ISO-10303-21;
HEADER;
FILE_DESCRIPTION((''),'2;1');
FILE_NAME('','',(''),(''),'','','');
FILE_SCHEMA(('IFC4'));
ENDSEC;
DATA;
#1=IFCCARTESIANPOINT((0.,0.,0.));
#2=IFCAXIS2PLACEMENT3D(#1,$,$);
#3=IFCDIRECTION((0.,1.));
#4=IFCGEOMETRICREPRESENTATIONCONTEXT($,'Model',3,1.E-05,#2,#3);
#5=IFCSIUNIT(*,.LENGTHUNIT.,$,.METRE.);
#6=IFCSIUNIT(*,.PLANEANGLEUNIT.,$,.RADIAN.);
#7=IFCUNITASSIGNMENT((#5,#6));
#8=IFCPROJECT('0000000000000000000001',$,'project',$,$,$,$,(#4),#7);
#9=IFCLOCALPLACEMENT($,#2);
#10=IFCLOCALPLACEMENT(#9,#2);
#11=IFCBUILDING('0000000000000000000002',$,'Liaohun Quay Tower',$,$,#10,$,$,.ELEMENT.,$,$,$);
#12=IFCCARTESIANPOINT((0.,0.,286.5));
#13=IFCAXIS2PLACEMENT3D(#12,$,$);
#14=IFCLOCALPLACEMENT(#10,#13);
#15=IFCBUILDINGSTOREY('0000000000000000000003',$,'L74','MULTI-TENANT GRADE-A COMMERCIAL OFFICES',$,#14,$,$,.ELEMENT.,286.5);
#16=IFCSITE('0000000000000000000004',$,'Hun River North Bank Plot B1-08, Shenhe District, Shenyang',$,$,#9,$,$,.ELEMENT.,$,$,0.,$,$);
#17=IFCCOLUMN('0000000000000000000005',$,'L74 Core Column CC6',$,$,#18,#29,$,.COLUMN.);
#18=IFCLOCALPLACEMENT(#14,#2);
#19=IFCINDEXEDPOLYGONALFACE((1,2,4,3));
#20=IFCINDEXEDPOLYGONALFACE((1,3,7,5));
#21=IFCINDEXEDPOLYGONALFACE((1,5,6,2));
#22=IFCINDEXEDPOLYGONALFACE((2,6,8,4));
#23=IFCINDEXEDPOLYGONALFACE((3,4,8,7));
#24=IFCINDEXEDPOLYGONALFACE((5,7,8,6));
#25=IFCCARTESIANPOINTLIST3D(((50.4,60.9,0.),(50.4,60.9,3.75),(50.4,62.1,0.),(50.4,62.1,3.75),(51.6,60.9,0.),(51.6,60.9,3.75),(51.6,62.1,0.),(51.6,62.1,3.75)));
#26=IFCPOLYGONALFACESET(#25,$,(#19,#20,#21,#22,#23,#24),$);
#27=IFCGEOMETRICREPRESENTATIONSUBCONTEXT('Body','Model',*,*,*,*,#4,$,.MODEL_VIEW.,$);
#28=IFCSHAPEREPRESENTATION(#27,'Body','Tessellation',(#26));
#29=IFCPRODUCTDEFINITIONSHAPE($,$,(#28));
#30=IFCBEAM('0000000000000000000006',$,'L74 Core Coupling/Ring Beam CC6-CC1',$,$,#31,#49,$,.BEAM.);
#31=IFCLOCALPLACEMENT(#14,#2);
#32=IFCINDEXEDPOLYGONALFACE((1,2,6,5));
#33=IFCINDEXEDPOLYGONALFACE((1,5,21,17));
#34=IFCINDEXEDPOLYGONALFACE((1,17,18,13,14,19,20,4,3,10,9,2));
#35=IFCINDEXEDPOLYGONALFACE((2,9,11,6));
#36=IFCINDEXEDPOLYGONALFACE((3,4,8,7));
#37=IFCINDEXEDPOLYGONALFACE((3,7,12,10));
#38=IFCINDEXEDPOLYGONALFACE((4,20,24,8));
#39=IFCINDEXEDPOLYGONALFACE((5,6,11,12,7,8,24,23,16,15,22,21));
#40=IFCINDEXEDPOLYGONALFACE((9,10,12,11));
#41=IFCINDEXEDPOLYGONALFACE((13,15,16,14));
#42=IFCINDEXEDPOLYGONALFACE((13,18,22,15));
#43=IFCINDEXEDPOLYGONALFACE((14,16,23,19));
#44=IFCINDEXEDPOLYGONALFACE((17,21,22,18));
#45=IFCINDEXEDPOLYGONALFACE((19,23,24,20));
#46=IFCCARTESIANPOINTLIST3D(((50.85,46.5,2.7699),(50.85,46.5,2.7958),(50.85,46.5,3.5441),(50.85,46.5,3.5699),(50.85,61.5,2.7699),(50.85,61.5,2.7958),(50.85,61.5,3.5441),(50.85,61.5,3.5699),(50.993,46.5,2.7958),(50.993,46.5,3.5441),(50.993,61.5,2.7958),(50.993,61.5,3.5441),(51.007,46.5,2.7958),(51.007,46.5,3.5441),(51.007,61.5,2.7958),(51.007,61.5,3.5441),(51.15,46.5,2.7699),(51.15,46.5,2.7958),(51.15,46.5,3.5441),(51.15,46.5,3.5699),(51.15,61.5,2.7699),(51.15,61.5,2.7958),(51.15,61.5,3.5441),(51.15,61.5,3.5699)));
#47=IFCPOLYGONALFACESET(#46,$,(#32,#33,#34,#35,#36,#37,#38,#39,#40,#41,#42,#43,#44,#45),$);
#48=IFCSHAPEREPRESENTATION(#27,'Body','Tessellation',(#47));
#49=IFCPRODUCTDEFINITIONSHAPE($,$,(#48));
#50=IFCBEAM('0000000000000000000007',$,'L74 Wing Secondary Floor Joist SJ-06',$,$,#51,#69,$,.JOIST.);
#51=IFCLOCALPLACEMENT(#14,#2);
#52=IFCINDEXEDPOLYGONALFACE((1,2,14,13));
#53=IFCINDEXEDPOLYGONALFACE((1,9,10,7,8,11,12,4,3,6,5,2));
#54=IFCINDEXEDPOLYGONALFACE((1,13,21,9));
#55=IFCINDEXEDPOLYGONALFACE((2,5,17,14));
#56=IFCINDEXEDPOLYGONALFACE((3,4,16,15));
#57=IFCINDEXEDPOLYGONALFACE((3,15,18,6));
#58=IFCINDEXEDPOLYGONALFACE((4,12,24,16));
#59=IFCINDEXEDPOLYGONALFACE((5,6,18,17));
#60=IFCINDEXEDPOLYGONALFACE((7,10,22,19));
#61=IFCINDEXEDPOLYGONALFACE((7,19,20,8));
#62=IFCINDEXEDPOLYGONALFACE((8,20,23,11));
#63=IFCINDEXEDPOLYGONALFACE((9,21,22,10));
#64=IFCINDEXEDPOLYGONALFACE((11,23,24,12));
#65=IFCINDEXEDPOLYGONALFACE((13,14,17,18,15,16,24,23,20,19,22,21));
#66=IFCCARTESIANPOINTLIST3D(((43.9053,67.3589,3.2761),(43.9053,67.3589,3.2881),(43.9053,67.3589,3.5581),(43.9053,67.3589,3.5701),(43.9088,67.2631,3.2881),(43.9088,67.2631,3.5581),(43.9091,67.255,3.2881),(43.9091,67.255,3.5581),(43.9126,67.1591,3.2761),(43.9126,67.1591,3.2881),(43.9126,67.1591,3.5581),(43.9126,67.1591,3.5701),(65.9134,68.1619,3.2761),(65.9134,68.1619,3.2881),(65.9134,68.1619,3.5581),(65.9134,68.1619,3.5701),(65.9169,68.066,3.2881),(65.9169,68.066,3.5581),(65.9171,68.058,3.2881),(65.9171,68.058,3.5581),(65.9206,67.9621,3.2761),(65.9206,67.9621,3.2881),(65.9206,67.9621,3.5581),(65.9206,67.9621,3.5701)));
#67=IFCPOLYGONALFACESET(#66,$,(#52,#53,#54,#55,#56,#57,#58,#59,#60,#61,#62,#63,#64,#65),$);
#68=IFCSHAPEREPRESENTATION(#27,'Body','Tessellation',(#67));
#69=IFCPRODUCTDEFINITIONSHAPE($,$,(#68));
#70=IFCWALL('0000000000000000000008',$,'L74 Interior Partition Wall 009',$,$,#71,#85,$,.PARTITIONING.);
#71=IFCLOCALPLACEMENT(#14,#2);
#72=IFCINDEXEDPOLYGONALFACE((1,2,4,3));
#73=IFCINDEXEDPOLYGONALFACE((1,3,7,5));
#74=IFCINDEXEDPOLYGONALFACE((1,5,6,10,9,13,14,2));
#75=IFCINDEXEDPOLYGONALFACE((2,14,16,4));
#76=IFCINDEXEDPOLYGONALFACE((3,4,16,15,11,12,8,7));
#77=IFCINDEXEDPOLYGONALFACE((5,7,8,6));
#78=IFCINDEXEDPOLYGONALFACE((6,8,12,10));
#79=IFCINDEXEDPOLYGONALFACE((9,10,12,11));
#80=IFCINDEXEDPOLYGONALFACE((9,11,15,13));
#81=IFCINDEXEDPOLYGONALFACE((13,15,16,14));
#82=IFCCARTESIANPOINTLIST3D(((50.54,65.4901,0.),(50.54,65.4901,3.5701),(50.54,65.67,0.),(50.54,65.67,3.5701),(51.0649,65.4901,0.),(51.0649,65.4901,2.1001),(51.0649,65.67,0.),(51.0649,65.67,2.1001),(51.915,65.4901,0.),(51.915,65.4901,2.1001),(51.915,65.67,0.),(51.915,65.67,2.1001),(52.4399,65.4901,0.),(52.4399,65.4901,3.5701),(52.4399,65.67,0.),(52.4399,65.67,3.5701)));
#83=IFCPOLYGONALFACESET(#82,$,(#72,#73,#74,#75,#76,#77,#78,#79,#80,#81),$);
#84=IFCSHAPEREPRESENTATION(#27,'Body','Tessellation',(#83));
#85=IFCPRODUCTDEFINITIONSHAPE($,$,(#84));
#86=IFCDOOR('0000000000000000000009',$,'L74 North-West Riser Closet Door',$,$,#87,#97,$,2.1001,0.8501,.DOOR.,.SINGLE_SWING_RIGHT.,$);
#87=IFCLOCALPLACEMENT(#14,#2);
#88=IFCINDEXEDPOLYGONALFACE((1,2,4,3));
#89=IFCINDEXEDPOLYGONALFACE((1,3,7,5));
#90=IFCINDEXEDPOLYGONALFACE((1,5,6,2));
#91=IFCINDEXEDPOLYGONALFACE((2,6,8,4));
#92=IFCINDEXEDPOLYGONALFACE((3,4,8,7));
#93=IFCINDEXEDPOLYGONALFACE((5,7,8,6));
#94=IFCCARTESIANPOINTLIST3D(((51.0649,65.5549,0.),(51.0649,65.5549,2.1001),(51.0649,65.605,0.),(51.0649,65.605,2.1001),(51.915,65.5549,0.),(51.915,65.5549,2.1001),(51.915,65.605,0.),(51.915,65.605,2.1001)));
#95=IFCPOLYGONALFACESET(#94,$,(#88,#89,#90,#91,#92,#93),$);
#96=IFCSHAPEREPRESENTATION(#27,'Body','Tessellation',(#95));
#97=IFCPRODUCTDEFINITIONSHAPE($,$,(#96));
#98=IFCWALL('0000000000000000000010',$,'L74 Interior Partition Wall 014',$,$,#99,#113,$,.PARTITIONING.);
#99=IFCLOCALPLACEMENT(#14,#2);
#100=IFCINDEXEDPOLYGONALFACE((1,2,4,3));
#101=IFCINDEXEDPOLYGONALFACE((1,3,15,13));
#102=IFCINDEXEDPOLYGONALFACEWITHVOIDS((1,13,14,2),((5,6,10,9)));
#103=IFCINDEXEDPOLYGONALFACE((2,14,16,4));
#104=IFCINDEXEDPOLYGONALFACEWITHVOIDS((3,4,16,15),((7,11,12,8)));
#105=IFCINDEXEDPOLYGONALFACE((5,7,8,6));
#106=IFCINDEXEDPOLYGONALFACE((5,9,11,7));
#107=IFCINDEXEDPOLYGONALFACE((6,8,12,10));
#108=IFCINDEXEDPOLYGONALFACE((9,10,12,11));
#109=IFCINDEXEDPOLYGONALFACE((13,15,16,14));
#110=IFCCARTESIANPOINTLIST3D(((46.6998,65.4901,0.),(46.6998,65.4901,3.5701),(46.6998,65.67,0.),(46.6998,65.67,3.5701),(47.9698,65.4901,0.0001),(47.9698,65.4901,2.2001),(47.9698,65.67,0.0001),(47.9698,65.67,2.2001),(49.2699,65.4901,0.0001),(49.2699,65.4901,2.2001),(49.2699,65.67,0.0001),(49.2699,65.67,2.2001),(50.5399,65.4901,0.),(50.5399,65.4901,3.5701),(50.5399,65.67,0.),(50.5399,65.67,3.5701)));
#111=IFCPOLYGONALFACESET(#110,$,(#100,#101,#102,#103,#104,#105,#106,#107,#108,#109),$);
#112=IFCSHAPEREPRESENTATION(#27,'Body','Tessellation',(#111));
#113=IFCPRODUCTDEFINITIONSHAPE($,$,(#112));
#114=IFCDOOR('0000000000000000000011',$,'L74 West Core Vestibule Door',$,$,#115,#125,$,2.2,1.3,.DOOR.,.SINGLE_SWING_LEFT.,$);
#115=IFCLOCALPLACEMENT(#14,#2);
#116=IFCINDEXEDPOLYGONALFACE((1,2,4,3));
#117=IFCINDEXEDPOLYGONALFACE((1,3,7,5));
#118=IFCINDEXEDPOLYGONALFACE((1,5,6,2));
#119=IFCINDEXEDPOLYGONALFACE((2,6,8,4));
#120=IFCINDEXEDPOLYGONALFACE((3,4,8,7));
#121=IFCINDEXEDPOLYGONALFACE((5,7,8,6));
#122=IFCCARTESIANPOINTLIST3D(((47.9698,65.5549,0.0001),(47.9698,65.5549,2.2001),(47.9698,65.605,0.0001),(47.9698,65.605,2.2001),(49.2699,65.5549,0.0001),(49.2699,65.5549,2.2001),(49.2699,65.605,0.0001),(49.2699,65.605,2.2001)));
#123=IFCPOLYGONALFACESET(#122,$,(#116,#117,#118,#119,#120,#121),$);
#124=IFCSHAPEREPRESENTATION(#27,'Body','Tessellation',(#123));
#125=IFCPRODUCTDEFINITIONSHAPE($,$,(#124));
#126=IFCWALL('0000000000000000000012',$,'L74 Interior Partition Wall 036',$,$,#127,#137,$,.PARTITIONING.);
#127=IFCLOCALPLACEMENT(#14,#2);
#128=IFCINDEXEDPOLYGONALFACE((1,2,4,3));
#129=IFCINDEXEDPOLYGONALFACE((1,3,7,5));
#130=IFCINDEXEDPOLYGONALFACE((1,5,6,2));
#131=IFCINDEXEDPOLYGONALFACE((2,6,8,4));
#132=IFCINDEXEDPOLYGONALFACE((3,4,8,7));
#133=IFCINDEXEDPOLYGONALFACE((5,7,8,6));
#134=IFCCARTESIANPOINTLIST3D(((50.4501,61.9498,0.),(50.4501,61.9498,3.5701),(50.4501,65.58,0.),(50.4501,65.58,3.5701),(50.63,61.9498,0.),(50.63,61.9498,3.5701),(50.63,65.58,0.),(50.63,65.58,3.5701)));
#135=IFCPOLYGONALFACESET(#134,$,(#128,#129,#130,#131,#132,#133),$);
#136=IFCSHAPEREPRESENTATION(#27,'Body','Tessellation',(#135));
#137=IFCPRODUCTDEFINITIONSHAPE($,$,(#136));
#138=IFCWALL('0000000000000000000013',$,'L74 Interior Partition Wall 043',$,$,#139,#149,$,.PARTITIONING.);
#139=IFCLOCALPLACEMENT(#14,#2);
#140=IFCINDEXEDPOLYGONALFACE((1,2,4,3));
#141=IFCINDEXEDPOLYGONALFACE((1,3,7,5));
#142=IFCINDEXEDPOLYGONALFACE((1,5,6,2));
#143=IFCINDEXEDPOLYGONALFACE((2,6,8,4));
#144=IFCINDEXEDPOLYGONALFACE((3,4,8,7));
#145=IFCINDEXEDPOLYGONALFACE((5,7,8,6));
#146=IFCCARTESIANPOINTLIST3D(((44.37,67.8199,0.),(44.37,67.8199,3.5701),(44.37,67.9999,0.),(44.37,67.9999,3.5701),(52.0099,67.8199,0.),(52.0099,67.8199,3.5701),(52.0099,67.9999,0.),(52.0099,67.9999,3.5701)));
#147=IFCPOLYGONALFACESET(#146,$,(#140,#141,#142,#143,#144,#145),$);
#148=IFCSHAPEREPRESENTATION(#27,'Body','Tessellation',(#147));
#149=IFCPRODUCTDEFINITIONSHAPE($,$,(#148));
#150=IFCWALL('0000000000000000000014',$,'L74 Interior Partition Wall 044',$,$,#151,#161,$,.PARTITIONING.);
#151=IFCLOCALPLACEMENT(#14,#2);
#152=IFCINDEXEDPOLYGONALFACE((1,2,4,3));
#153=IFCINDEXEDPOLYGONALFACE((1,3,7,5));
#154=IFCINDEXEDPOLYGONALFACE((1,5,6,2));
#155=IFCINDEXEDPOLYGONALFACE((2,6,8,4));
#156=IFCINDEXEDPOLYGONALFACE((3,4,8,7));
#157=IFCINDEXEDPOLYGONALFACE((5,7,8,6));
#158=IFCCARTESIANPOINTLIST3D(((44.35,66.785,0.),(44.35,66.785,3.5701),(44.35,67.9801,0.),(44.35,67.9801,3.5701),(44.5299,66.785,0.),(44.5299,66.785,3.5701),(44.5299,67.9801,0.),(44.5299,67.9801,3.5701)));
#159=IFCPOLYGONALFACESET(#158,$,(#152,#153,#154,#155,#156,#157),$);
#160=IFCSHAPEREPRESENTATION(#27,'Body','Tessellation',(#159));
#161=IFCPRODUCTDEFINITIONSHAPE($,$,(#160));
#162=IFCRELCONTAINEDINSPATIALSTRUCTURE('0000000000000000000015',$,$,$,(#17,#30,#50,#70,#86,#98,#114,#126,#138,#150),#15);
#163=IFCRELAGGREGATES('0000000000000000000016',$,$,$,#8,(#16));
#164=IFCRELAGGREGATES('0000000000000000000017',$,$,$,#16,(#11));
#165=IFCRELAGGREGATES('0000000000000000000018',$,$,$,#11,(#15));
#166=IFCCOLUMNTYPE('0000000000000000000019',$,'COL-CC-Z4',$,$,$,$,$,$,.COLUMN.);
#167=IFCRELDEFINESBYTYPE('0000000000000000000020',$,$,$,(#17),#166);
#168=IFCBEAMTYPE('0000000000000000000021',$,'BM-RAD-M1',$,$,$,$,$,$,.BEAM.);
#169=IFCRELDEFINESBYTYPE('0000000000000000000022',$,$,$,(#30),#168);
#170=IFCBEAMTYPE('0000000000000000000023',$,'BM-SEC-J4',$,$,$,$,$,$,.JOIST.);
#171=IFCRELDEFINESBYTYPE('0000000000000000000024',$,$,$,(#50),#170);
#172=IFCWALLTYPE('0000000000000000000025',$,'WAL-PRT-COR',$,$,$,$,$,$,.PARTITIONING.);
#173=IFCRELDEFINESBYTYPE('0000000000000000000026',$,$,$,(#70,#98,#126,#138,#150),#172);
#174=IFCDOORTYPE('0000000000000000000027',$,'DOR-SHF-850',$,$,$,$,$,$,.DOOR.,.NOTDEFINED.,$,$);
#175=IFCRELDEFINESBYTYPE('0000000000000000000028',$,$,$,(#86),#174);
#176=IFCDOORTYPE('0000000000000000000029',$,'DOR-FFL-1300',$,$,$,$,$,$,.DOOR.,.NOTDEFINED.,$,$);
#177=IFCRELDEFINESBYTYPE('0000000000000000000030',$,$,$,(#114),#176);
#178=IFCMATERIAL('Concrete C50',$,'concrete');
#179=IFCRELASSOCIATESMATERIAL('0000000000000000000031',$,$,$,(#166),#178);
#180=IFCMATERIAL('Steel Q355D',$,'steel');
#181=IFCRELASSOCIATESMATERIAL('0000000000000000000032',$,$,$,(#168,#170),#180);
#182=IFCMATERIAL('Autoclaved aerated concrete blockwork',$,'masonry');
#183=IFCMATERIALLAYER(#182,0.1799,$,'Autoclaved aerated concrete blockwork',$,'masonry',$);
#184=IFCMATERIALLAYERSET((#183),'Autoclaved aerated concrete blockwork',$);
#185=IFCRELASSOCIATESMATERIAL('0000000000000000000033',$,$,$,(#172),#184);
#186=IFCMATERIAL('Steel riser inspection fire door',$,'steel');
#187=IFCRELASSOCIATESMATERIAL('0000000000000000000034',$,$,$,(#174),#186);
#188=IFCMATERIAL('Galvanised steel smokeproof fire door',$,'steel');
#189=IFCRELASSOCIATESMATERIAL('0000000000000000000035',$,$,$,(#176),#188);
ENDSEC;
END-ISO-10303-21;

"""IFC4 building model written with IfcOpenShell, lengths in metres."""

from ifc_helpers import new_model, si_unit, direction, frame, frame_2d, origin, origin_2d, place, context, subcontext, project, spatial, rectangle, i_section, extrude, source, transform, mapped, material, layer, layer_set, material_profile, profile_set, type_object, element, fill, save


model = new_model("IFC4")

# Units and contexts
model_context = context("Model", 3, precision=1e-05, world=origin(), true_north=direction((0.0, 1.0)))
body_context = subcontext(model_context, "Body", "Model", "MODEL_VIEW")
ifc_project = project(units=[si_unit("LENGTHUNIT", "METRE"), si_unit("PLANEANGLEUNIT", "RADIAN")], contexts=[model_context])

# Site, building, storey
site_placement = place(None, origin())
site = spatial("IfcSite", under=ifc_project, at=site_placement, Name="Hun River North Bank Plot B1-08, Shenhe District, Shenyang", CompositionType="ELEMENT", RefElevation=0.0)
building_placement = place(site_placement, origin())
building = spatial("IfcBuilding", under=site, at=building_placement, Name="Liaohun Quay Tower", CompositionType="ELEMENT")
storey_placement = place(building_placement, frame((0.0, 0.0, 286.5)))
storey = spatial("IfcBuildingStorey", under=building, at=storey_placement, Name="L74", Description="MULTI-TENANT GRADE-A COMMERCIAL OFFICES", CompositionType="ELEMENT", Elevation=286.5)

# Column
ifc_material_1 = material(Name="Concrete C50", Category="concrete")
ifc_material_profile_1 = material_profile(ifc_material_1, rectangle(XDim=1.2, YDim=1.2, at=origin_2d()), Name="RC1200x1200")
ifc_profile_set_1 = profile_set([ifc_material_profile_1], Name="Concrete C50")
column_type = type_object("IfcColumnType", Name="COL-CC-Z4", PredefinedType="COLUMN", material=ifc_profile_set_1)
shared_shape_1 = source(origin(), body_context, "Body", "SweptSolid", [
    extrude(rectangle(XDim=1.2, YDim=1.2, at=origin_2d()), origin(), (0.0, 0.0, 1.0), 3.75),
])
column_placement = place(storey_placement, frame((51.0, 61.5, 0.0), z_axis=(0.0, 0.0, 1.0), x_axis=(1.0, 0.0, 0.0)))
element("IfcColumn", 1, at=column_placement, inside=storey, type_object=column_type, Name="L74 Core Column CC6", PredefinedType="COLUMN", context=body_context, shape_type="MappedRepresentation", body=[
    mapped(shared_shape_1, transform((0.0, 0.0, 0.0), x_axis=(1.0, 0.0, 0.0), y_axis=(0.0, 1.0, 0.0), z_axis=(0.0, 0.0, 1.0), scale=1.0)),
])

# Beams
ifc_material_2 = material(Name="Steel Q355D", Category="steel")
ifc_material_profile_2 = material_profile(ifc_material_2, i_section(OverallWidth=0.3, OverallDepth=0.8, WebThickness=0.0139, FlangeThickness=0.0259, at=origin_2d()), Name="HN800x300x14x26")
ifc_profile_set_2 = profile_set([ifc_material_profile_2], Name="Steel Q355D")
beam_type_1 = type_object("IfcBeamType", Name="BM-RAD-M1", PredefinedType="BEAM", material=ifc_profile_set_2)
shared_shape_2 = source(origin(), body_context, "Body", "SweptSolid", [
    extrude(i_section(OverallWidth=0.3, OverallDepth=0.8, WebThickness=0.0139, FlangeThickness=0.0259, at=origin_2d()), origin(), (0.0, 0.0, 1.0), 15.0),
])
beam_1_placement = place(storey_placement, frame((51.0, 61.5, 3.1699), z_axis=(0.0, -1.0, 0.0), x_axis=(1.0, 0.0, 0.0)))
element("IfcBeam", 2, at=beam_1_placement, inside=storey, type_object=beam_type_1, Name="L74 Core Coupling/Ring Beam CC6-CC1", PredefinedType="BEAM", context=body_context, shape_type="MappedRepresentation", body=[
    mapped(shared_shape_2, transform((0.0, 0.0, 0.0), x_axis=(1.0, 0.0, 0.0), y_axis=(0.0, 1.0, 0.0), z_axis=(0.0, 0.0, 1.0), scale=1.0)),
])
ifc_material_profile_3 = material_profile(ifc_material_2, i_section(OverallWidth=0.2, OverallDepth=0.2939, WebThickness=0.0081, FlangeThickness=0.012, at=origin_2d()), Name="HM294x200x8x12")
ifc_profile_set_3 = profile_set([ifc_material_profile_3], Name="Steel Q355D")
beam_type_2 = type_object("IfcBeamType", Name="BM-SEC-J4", PredefinedType="JOIST", material=ifc_profile_set_3)
shared_shape_3 = source(origin(), body_context, "Body", "SweptSolid", [
    extrude(i_section(OverallWidth=0.2, OverallDepth=0.2939, WebThickness=0.0081, FlangeThickness=0.012, at=origin_2d()), origin(), (0.0, 0.0, 1.0), 22.0227),
])
beam_2_placement = place(storey_placement, frame((43.9089, 67.259, 3.4231), z_axis=(0.999335, 0.036461, 0.0), x_axis=(-0.036461, 0.999335, 0.0)))
element("IfcBeam", 3, at=beam_2_placement, inside=storey, type_object=beam_type_2, Name="L74 Wing Secondary Floor Joist SJ-06", PredefinedType="JOIST", context=body_context, shape_type="MappedRepresentation", body=[
    mapped(shared_shape_3, transform((0.0, 0.0, 0.0), x_axis=(1.0, 0.0, 0.0), y_axis=(0.0, 1.0, 0.0), z_axis=(0.0, 0.0, 1.0), scale=1.0)),
])

# Walls, openings, doors
ifc_material_3 = material(Name="Autoclaved aerated concrete blockwork", Category="masonry")
ifc_layer_1 = layer(ifc_material_3, 0.1799, Name="Autoclaved aerated concrete blockwork", Category="masonry")
ifc_layer_set_1 = layer_set([ifc_layer_1], Name="Autoclaved aerated concrete blockwork")
wall_type_1 = type_object("IfcWallType", Name="WAL-PRT-COR", PredefinedType="PARTITIONING", material=ifc_layer_set_1)
wall_1_placement = place(storey_placement, frame((50.54, 65.5801, 0.0), z_axis=(0.0, 0.0, 1.0), x_axis=(1.0, 0.0, 0.0)))
wall_1 = element("IfcWall", 4, at=wall_1_placement, inside=storey, type_object=wall_type_1, Name="L74 Interior Partition Wall 009", PredefinedType="PARTITIONING", context=body_context, shape_type="SweptSolid", body=[
    extrude(rectangle(XDim=1.8999, YDim=0.1799, at=frame_2d((0.95, 0.0))), origin(), (0.0, 0.0, 1.0), 3.5701),
])
shared_shape_4 = source(origin(), body_context, "Body", "SweptSolid", [
    extrude(rectangle(XDim=0.8501, YDim=2.1001, at=frame_2d((0.425, 1.05))), frame((0.0, 0.0999, 0.0), z_axis=(0.0, -1.0, 0.0), x_axis=(1.0, 0.0, 0.0)), (0.0, 0.0, 1.0), 0.2),
])
opening_1_placement = place(wall_1_placement, frame((0.5249, 0.0, 0.0)))
opening_1 = element("IfcOpeningElement", 5, at=opening_1_placement, cuts=wall_1, PredefinedType="OPENING", context=body_context, shape_type="MappedRepresentation", body=[
    mapped(shared_shape_4, transform((0.0, 0.0, 0.0), x_axis=(1.0, 0.0, 0.0), y_axis=(0.0, 1.0, 0.0), z_axis=(0.0, 0.0, 1.0), scale=1.0)),
])
ifc_material_4 = material(Name="Steel riser inspection fire door", Category="steel")
door_type_1 = type_object("IfcDoorType", Name="DOR-SHF-850", OperationType="NOTDEFINED", PredefinedType="DOOR", material=ifc_material_4)
shared_shape_5 = source(origin(), body_context, "Body", "SweptSolid", [
    extrude(rectangle(XDim=0.8501, YDim=2.1001, at=frame_2d((0.425, 1.05))), frame((0.0, 0.0249, 0.0), z_axis=(0.0, -1.0, 0.0), x_axis=(1.0, 0.0, 0.0)), (0.0, 0.0, 1.0), 0.05),
])
door_1_placement = place(opening_1_placement, origin())
door_1 = element("IfcDoor", 6, at=door_1_placement, inside=storey, type_object=door_type_1, Name="L74 North-West Riser Closet Door", OperationType="SINGLE_SWING_RIGHT", OverallHeight=2.1001, OverallWidth=0.8501, PredefinedType="DOOR", context=body_context, shape_type="MappedRepresentation", body=[
    mapped(shared_shape_5, transform((0.0, 0.0, 0.0), x_axis=(1.0, 0.0, 0.0), y_axis=(0.0, 1.0, 0.0), z_axis=(0.0, 0.0, 1.0), scale=1.0)),
])
fill(opening_1, door_1)
wall_2_placement = place(storey_placement, frame((46.7, 65.5801, 0.0), z_axis=(0.0, 0.0, 1.0), x_axis=(1.0, 0.0, 0.0)))
wall_2 = element("IfcWall", 7, at=wall_2_placement, inside=storey, type_object=wall_type_1, Name="L74 Interior Partition Wall 014", PredefinedType="PARTITIONING", context=body_context, shape_type="SweptSolid", body=[
    extrude(rectangle(XDim=3.8401, YDim=0.1799, at=frame_2d((1.9199, 0.0))), origin(), (0.0, 0.0, 1.0), 3.5701),
])
shared_shape_6 = source(origin(), body_context, "Body", "SweptSolid", [
    extrude(rectangle(XDim=1.3, YDim=2.2, at=frame_2d((0.6499, 1.1001))), frame((0.0, 0.0999, 0.0), z_axis=(0.0, -1.0, 0.0), x_axis=(1.0, 0.0, 0.0)), (0.0, 0.0, 1.0), 0.2),
])
opening_2_placement = place(wall_2_placement, frame((1.27, 0.0, 0.0)))
opening_2 = element("IfcOpeningElement", 8, at=opening_2_placement, cuts=wall_2, PredefinedType="OPENING", context=body_context, shape_type="MappedRepresentation", body=[
    mapped(shared_shape_6, transform((0.0, 0.0, 0.0), x_axis=(1.0, 0.0, 0.0), y_axis=(0.0, 1.0, 0.0), z_axis=(0.0, 0.0, 1.0), scale=1.0)),
])
ifc_material_5 = material(Name="Galvanised steel smokeproof fire door", Category="steel")
door_type_2 = type_object("IfcDoorType", Name="DOR-FFL-1300", OperationType="NOTDEFINED", PredefinedType="DOOR", material=ifc_material_5)
shared_shape_7 = source(origin(), body_context, "Body", "SweptSolid", [
    extrude(rectangle(XDim=1.3, YDim=2.2, at=frame_2d((0.6499, 1.1001))), frame((0.0, 0.0249, 0.0), z_axis=(0.0, -1.0, 0.0), x_axis=(1.0, 0.0, 0.0)), (0.0, 0.0, 1.0), 0.05),
])
door_2_placement = place(opening_2_placement, origin())
door_2 = element("IfcDoor", 9, at=door_2_placement, inside=storey, type_object=door_type_2, Name="L74 West Core Vestibule Door", OperationType="SINGLE_SWING_LEFT", OverallHeight=2.2, OverallWidth=1.3, PredefinedType="DOOR", context=body_context, shape_type="MappedRepresentation", body=[
    mapped(shared_shape_7, transform((0.0, 0.0, 0.0), x_axis=(1.0, 0.0, 0.0), y_axis=(0.0, 1.0, 0.0), z_axis=(0.0, 0.0, 1.0), scale=1.0)),
])
fill(opening_2, door_2)

# Walls
wall_3_placement = place(storey_placement, frame((50.54, 61.95, 0.0), z_axis=(0.0, 0.0, 1.0), x_axis=(0.0, 1.0, 0.0)))
element("IfcWall", 10, at=wall_3_placement, inside=storey, type_object=wall_type_1, Name="L74 Interior Partition Wall 036", PredefinedType="PARTITIONING", context=body_context, shape_type="SweptSolid", body=[
    extrude(rectangle(XDim=3.6301, YDim=0.1799, at=frame_2d((1.8149, 0.0))), origin(), (0.0, 0.0, 1.0), 3.5701),
])
wall_4_placement = place(storey_placement, frame((44.3701, 67.9099, 0.0), z_axis=(0.0, 0.0, 1.0), x_axis=(1.0, 0.0, 0.0)))
element("IfcWall", 11, at=wall_4_placement, inside=storey, type_object=wall_type_1, Name="L74 Interior Partition Wall 043", PredefinedType="PARTITIONING", context=body_context, shape_type="SweptSolid", body=[
    extrude(rectangle(XDim=7.6399, YDim=0.1799, at=frame_2d((3.8198, 0.0))), origin(), (0.0, 0.0, 1.0), 3.5701),
])
wall_5_placement = place(storey_placement, frame((44.4399, 66.7849, 0.0), z_axis=(0.0, 0.0, 1.0), x_axis=(0.0, 1.0, 0.0)))
element("IfcWall", 12, at=wall_5_placement, inside=storey, type_object=wall_type_1, Name="L74 Interior Partition Wall 044", PredefinedType="PARTITIONING", context=body_context, shape_type="SweptSolid", body=[
    extrude(rectangle(XDim=1.1951, YDim=0.1799, at=frame_2d((0.5977, 0.0))), origin(), (0.0, 0.0, 1.0), 3.5701),
])

save(model, "model.ifc")
